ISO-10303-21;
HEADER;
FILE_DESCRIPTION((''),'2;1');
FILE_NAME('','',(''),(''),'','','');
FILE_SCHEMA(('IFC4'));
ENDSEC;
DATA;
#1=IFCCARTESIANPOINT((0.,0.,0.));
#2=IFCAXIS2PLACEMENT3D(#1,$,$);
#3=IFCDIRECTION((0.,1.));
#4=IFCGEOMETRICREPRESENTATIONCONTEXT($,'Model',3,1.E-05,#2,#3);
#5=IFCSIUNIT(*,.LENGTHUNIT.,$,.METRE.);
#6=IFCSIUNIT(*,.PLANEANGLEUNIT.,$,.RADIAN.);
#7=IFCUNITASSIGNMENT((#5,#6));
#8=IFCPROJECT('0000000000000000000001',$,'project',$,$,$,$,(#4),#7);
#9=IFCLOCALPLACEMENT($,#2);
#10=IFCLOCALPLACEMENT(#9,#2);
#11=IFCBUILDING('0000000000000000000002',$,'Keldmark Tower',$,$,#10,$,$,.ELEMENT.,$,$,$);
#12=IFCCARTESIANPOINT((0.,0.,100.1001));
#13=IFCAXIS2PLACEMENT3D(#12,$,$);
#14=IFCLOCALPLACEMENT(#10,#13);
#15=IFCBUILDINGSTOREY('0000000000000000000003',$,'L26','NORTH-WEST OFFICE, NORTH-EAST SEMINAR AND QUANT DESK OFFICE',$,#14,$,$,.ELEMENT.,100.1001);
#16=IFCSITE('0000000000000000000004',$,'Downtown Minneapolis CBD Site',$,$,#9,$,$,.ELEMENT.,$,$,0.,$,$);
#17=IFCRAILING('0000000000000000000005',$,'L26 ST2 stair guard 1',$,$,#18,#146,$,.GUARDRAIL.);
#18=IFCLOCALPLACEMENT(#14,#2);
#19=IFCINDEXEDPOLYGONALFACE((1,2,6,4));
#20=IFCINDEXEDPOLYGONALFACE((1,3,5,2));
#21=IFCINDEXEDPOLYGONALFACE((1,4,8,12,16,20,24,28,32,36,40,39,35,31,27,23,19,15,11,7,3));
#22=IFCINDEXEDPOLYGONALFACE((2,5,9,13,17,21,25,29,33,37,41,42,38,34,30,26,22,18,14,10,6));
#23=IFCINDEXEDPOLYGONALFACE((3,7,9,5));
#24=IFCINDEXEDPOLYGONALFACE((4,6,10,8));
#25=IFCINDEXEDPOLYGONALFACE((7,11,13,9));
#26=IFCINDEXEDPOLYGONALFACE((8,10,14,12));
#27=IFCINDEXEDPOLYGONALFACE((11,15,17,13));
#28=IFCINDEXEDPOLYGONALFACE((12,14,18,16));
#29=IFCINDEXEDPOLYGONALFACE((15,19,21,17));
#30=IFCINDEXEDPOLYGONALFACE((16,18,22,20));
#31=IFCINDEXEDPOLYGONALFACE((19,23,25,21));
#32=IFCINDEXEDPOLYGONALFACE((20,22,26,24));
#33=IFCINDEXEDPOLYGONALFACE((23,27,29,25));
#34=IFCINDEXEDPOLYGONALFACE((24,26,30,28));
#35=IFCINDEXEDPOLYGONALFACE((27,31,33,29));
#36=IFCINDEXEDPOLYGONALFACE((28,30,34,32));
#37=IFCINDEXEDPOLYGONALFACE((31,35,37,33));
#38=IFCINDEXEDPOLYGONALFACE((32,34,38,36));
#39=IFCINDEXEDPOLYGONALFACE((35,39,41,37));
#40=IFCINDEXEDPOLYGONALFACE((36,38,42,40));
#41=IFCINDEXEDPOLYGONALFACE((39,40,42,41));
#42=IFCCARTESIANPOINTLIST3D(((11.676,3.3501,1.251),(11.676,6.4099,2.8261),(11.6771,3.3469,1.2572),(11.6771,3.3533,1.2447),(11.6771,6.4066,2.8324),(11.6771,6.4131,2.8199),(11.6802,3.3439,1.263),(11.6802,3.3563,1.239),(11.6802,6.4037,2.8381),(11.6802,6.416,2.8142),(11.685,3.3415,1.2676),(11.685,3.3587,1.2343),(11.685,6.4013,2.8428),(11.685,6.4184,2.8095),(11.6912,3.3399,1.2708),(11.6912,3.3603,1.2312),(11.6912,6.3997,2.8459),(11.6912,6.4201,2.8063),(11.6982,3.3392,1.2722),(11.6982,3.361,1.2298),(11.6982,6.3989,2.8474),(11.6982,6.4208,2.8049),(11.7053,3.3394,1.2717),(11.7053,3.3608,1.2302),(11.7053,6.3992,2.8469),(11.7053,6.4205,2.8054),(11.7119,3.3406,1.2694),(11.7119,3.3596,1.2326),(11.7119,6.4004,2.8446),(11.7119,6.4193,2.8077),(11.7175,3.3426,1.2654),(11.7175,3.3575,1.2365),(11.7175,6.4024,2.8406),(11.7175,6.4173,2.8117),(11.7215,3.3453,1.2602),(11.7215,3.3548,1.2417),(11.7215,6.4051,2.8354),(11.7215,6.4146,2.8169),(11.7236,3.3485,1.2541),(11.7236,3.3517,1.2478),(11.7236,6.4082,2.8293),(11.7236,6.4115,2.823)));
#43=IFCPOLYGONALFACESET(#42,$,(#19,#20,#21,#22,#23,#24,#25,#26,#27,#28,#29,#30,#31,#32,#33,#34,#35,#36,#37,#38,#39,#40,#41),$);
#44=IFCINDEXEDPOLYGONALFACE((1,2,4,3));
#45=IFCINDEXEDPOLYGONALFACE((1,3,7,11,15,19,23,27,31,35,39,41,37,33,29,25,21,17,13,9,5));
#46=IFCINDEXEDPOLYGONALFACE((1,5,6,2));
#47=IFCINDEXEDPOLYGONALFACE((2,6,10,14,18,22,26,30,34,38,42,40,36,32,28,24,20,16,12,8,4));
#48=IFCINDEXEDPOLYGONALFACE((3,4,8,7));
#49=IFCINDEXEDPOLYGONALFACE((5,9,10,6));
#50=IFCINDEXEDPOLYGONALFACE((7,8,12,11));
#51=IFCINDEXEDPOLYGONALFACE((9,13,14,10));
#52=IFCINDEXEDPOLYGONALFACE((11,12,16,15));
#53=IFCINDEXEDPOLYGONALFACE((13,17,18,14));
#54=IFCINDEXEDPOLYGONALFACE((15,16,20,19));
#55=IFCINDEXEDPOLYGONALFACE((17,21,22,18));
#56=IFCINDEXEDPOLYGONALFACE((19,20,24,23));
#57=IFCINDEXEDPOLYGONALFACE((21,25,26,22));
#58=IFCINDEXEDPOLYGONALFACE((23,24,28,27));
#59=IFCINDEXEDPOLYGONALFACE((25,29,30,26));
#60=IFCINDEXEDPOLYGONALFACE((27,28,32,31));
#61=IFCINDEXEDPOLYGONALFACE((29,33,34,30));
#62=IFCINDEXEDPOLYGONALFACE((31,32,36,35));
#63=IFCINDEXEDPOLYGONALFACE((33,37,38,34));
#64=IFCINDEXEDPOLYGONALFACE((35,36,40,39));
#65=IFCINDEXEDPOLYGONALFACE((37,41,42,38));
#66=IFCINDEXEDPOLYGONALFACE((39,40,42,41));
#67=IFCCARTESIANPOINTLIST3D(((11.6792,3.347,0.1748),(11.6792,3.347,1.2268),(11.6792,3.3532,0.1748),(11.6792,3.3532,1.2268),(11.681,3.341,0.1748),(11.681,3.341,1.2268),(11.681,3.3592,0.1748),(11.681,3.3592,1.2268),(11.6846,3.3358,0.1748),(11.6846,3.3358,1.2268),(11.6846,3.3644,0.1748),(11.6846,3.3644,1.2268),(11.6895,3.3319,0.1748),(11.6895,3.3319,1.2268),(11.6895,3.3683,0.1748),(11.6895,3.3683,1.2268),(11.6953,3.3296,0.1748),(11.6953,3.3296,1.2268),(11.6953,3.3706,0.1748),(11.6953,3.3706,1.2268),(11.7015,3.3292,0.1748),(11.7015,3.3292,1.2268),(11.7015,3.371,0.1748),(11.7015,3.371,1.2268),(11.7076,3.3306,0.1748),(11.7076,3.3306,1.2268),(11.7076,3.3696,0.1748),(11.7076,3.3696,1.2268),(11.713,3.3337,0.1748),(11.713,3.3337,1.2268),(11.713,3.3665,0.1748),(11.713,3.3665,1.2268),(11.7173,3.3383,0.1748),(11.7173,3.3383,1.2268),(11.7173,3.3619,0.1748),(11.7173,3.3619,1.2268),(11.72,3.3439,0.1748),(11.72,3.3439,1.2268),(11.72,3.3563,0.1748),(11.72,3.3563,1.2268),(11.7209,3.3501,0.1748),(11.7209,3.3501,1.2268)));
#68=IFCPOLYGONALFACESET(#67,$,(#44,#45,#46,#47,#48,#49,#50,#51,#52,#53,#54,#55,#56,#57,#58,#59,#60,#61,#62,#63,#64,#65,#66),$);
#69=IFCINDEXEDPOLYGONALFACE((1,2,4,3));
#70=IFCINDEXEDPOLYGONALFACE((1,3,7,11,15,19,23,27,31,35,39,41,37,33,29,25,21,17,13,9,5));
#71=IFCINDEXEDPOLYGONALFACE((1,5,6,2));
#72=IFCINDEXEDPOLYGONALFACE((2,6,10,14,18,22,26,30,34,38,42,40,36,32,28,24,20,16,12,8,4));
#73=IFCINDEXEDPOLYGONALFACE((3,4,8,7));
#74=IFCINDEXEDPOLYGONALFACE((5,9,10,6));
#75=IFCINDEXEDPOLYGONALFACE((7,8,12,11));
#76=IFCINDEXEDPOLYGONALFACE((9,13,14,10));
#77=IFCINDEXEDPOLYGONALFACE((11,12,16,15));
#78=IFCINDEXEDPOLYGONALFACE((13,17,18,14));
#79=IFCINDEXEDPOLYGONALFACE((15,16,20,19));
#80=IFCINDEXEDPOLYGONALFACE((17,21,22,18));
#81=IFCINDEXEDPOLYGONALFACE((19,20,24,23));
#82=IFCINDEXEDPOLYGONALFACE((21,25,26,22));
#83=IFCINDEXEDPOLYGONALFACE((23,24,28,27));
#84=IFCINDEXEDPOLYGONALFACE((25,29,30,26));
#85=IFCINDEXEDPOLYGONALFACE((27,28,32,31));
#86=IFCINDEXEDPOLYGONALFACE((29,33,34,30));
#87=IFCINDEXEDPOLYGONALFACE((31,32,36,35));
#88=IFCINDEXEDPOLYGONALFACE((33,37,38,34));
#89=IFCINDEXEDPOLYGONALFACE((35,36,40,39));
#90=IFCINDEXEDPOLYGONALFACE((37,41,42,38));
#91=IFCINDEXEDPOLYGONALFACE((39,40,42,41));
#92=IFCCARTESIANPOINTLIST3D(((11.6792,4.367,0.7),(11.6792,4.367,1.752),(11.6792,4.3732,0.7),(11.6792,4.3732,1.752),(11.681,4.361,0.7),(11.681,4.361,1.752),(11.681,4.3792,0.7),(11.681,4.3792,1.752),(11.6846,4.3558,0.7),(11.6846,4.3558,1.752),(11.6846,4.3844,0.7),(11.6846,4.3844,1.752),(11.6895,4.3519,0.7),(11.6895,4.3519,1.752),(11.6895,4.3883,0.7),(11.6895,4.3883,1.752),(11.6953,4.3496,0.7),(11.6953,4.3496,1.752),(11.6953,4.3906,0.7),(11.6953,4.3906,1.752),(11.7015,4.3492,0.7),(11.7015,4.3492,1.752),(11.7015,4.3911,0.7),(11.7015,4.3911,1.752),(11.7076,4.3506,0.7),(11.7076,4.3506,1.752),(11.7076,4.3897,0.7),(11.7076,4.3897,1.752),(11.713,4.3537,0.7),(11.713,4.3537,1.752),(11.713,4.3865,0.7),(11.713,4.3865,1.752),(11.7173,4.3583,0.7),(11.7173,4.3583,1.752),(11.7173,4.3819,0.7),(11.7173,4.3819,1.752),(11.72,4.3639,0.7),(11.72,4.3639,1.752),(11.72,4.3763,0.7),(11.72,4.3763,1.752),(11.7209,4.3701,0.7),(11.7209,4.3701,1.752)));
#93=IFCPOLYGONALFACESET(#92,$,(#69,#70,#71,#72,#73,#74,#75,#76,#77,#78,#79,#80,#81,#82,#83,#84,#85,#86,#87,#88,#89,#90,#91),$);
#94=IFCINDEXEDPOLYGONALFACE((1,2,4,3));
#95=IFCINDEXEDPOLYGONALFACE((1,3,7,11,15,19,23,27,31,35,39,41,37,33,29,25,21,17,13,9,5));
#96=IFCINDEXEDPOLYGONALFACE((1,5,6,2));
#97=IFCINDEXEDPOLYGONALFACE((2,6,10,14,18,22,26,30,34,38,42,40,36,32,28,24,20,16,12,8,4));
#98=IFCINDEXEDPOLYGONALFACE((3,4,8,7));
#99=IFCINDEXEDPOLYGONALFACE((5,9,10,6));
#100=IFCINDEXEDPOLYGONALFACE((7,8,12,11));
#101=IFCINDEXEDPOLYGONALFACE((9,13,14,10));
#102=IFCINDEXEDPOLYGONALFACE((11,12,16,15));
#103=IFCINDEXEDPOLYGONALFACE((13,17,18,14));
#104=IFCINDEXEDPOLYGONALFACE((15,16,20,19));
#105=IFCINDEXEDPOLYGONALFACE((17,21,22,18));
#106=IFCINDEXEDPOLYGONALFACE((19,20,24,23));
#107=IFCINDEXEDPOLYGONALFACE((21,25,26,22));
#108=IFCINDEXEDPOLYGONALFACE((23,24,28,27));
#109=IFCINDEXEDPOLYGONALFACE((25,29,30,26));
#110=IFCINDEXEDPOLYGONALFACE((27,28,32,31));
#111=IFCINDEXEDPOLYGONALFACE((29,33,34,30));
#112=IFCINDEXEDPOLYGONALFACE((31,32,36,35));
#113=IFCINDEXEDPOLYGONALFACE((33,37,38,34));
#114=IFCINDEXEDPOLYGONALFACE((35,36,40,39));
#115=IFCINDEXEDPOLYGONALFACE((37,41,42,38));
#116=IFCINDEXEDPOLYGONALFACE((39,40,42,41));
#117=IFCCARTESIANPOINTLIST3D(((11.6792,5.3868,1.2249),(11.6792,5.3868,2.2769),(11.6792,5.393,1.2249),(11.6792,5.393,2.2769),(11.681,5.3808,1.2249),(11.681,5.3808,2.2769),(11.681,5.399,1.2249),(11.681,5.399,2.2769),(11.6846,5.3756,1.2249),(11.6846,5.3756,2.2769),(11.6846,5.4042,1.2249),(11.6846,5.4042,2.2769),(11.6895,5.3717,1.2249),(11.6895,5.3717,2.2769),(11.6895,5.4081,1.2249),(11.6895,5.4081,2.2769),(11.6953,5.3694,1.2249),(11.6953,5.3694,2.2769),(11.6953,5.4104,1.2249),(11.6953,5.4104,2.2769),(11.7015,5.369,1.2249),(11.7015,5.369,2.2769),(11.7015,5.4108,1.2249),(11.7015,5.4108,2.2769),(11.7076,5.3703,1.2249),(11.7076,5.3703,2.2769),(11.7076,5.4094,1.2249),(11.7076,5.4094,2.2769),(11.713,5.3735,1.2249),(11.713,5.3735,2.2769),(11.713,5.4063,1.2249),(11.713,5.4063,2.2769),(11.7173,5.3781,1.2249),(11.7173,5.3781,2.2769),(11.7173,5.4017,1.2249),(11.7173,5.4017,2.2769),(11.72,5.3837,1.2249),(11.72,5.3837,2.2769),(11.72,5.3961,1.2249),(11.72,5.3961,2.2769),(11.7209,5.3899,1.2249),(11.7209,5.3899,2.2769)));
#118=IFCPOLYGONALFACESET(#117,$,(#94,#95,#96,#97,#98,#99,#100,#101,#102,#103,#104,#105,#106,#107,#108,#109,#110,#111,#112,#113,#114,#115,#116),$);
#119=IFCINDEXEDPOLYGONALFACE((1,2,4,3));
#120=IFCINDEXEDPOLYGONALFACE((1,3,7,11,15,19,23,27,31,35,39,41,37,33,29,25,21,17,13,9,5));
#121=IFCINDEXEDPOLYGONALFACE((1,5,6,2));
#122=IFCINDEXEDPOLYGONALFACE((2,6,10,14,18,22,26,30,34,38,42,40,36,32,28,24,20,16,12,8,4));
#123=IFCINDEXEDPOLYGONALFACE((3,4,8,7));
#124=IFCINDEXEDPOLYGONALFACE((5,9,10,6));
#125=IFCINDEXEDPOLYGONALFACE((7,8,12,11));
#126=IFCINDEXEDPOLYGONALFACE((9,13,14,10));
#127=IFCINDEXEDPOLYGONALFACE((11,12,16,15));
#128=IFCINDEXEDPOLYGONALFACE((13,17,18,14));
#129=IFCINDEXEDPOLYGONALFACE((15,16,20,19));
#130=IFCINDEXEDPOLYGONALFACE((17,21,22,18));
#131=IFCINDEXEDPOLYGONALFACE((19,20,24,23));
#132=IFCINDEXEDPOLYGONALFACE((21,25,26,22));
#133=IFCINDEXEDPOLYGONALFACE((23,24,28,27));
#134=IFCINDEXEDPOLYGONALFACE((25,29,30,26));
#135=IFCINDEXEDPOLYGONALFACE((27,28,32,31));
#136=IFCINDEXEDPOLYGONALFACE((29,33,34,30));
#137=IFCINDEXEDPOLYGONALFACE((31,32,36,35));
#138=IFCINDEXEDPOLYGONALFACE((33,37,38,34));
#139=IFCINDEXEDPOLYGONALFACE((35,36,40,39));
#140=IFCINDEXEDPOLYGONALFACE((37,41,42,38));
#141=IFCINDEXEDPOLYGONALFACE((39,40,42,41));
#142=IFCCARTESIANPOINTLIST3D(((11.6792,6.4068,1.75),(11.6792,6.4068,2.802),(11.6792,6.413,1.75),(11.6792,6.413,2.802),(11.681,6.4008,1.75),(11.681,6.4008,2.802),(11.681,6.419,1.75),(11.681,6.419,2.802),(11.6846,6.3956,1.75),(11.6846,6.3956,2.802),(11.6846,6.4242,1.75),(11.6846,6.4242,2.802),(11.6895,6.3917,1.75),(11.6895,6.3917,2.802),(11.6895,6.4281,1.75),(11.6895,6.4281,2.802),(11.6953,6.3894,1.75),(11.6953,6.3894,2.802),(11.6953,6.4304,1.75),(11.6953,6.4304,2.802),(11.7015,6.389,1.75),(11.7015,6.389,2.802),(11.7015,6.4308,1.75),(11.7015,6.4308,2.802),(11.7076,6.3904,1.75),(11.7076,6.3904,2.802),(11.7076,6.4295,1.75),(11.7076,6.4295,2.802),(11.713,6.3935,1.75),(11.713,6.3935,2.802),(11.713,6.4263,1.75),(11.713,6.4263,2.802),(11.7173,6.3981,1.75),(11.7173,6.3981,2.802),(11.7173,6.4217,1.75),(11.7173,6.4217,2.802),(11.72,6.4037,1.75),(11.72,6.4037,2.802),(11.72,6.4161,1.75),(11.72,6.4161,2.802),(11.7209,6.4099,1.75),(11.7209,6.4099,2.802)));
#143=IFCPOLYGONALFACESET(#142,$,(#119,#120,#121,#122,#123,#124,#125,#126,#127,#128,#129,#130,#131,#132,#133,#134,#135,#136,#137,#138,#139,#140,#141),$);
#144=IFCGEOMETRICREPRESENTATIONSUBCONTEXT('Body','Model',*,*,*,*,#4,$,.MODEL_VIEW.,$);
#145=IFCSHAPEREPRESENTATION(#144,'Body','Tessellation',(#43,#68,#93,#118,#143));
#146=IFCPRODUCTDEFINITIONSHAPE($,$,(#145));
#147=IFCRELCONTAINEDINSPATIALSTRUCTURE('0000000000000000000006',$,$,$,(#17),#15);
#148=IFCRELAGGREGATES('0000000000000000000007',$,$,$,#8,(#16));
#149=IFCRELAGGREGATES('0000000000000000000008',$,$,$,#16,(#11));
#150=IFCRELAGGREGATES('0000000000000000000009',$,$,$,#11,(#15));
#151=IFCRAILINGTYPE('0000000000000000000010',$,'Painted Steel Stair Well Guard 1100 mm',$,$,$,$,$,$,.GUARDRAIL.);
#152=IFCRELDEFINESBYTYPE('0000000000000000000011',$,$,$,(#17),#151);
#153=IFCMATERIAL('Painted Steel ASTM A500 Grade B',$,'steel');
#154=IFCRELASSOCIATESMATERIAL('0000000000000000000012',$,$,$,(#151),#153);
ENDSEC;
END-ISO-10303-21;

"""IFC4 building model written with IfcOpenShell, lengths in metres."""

from ifc_helpers import new_model, si_unit, direction, frame, origin, origin_2d, place, context, subcontext, project, spatial, circle, extrude, material, type_object, element, save


model = new_model("IFC4")

# Units and contexts
model_context = context("Model", 3, precision=1e-05, world=origin(), true_north=direction((0.0, 1.0)))
body_context = subcontext(model_context, "Body", "Model", "MODEL_VIEW")
ifc_project = project(units=[si_unit("LENGTHUNIT", "METRE"), si_unit("PLANEANGLEUNIT", "RADIAN")], contexts=[model_context])

# Site, building, storey
site_placement = place(None, origin())
site = spatial("IfcSite", under=ifc_project, at=site_placement, Name="Downtown Minneapolis CBD Site", CompositionType="ELEMENT", RefElevation=0.0)
building_placement = place(site_placement, origin())
building = spatial("IfcBuilding", under=site, at=building_placement, Name="Keldmark Tower", CompositionType="ELEMENT")
storey_placement = place(building_placement, frame((0.0, 0.0, 100.1001)))
storey = spatial("IfcBuildingStorey", under=building, at=storey_placement, Name="L26", Description="NORTH-WEST OFFICE, NORTH-EAST SEMINAR AND QUANT DESK OFFICE", CompositionType="ELEMENT", Elevation=100.1001)

# Railing
ifc_material_1 = material(Name="Painted Steel ASTM A500 Grade B", Category="steel")
railing_type_1 = type_object("IfcRailingType", Name="Painted Steel Stair Well Guard 1100 mm", PredefinedType="GUARDRAIL", material=ifc_material_1)
railing_1_placement = place(storey_placement, frame((11.7, 3.3501, 0.1748)))
element("IfcRailing", 1, at=railing_1_placement, inside=storey, type_object=railing_type_1, Name="L26 ST2 stair guard 1", PredefinedType="GUARDRAIL", context=body_context, shape_type="SweptSolid", body=[
    extrude(circle(Radius=0.0239, at=origin_2d()), frame((0.0, 0.0, 1.0762), z_axis=(0.0, 0.889101, 0.45771), x_axis=(-1.0, 0.0, 0.0)), (0.0, 0.0, 1.0), 3.4414),
    extrude(circle(Radius=0.021, at=origin_2d()), origin(), (0.0, 0.0, 1.0), 1.052),
    extrude(circle(Radius=0.021, at=origin_2d()), frame((0.0, 1.02, 0.5251)), (0.0, 0.0, 1.0), 1.052),
    extrude(circle(Radius=0.021, at=origin_2d()), frame((0.0, 2.0398, 1.05)), (0.0, 0.0, 1.0), 1.052),
    extrude(circle(Radius=0.021, at=origin_2d()), frame((0.0, 3.0598, 1.5752)), (0.0, 0.0, 1.0), 1.052),
])

save(model, "model.ifc")
